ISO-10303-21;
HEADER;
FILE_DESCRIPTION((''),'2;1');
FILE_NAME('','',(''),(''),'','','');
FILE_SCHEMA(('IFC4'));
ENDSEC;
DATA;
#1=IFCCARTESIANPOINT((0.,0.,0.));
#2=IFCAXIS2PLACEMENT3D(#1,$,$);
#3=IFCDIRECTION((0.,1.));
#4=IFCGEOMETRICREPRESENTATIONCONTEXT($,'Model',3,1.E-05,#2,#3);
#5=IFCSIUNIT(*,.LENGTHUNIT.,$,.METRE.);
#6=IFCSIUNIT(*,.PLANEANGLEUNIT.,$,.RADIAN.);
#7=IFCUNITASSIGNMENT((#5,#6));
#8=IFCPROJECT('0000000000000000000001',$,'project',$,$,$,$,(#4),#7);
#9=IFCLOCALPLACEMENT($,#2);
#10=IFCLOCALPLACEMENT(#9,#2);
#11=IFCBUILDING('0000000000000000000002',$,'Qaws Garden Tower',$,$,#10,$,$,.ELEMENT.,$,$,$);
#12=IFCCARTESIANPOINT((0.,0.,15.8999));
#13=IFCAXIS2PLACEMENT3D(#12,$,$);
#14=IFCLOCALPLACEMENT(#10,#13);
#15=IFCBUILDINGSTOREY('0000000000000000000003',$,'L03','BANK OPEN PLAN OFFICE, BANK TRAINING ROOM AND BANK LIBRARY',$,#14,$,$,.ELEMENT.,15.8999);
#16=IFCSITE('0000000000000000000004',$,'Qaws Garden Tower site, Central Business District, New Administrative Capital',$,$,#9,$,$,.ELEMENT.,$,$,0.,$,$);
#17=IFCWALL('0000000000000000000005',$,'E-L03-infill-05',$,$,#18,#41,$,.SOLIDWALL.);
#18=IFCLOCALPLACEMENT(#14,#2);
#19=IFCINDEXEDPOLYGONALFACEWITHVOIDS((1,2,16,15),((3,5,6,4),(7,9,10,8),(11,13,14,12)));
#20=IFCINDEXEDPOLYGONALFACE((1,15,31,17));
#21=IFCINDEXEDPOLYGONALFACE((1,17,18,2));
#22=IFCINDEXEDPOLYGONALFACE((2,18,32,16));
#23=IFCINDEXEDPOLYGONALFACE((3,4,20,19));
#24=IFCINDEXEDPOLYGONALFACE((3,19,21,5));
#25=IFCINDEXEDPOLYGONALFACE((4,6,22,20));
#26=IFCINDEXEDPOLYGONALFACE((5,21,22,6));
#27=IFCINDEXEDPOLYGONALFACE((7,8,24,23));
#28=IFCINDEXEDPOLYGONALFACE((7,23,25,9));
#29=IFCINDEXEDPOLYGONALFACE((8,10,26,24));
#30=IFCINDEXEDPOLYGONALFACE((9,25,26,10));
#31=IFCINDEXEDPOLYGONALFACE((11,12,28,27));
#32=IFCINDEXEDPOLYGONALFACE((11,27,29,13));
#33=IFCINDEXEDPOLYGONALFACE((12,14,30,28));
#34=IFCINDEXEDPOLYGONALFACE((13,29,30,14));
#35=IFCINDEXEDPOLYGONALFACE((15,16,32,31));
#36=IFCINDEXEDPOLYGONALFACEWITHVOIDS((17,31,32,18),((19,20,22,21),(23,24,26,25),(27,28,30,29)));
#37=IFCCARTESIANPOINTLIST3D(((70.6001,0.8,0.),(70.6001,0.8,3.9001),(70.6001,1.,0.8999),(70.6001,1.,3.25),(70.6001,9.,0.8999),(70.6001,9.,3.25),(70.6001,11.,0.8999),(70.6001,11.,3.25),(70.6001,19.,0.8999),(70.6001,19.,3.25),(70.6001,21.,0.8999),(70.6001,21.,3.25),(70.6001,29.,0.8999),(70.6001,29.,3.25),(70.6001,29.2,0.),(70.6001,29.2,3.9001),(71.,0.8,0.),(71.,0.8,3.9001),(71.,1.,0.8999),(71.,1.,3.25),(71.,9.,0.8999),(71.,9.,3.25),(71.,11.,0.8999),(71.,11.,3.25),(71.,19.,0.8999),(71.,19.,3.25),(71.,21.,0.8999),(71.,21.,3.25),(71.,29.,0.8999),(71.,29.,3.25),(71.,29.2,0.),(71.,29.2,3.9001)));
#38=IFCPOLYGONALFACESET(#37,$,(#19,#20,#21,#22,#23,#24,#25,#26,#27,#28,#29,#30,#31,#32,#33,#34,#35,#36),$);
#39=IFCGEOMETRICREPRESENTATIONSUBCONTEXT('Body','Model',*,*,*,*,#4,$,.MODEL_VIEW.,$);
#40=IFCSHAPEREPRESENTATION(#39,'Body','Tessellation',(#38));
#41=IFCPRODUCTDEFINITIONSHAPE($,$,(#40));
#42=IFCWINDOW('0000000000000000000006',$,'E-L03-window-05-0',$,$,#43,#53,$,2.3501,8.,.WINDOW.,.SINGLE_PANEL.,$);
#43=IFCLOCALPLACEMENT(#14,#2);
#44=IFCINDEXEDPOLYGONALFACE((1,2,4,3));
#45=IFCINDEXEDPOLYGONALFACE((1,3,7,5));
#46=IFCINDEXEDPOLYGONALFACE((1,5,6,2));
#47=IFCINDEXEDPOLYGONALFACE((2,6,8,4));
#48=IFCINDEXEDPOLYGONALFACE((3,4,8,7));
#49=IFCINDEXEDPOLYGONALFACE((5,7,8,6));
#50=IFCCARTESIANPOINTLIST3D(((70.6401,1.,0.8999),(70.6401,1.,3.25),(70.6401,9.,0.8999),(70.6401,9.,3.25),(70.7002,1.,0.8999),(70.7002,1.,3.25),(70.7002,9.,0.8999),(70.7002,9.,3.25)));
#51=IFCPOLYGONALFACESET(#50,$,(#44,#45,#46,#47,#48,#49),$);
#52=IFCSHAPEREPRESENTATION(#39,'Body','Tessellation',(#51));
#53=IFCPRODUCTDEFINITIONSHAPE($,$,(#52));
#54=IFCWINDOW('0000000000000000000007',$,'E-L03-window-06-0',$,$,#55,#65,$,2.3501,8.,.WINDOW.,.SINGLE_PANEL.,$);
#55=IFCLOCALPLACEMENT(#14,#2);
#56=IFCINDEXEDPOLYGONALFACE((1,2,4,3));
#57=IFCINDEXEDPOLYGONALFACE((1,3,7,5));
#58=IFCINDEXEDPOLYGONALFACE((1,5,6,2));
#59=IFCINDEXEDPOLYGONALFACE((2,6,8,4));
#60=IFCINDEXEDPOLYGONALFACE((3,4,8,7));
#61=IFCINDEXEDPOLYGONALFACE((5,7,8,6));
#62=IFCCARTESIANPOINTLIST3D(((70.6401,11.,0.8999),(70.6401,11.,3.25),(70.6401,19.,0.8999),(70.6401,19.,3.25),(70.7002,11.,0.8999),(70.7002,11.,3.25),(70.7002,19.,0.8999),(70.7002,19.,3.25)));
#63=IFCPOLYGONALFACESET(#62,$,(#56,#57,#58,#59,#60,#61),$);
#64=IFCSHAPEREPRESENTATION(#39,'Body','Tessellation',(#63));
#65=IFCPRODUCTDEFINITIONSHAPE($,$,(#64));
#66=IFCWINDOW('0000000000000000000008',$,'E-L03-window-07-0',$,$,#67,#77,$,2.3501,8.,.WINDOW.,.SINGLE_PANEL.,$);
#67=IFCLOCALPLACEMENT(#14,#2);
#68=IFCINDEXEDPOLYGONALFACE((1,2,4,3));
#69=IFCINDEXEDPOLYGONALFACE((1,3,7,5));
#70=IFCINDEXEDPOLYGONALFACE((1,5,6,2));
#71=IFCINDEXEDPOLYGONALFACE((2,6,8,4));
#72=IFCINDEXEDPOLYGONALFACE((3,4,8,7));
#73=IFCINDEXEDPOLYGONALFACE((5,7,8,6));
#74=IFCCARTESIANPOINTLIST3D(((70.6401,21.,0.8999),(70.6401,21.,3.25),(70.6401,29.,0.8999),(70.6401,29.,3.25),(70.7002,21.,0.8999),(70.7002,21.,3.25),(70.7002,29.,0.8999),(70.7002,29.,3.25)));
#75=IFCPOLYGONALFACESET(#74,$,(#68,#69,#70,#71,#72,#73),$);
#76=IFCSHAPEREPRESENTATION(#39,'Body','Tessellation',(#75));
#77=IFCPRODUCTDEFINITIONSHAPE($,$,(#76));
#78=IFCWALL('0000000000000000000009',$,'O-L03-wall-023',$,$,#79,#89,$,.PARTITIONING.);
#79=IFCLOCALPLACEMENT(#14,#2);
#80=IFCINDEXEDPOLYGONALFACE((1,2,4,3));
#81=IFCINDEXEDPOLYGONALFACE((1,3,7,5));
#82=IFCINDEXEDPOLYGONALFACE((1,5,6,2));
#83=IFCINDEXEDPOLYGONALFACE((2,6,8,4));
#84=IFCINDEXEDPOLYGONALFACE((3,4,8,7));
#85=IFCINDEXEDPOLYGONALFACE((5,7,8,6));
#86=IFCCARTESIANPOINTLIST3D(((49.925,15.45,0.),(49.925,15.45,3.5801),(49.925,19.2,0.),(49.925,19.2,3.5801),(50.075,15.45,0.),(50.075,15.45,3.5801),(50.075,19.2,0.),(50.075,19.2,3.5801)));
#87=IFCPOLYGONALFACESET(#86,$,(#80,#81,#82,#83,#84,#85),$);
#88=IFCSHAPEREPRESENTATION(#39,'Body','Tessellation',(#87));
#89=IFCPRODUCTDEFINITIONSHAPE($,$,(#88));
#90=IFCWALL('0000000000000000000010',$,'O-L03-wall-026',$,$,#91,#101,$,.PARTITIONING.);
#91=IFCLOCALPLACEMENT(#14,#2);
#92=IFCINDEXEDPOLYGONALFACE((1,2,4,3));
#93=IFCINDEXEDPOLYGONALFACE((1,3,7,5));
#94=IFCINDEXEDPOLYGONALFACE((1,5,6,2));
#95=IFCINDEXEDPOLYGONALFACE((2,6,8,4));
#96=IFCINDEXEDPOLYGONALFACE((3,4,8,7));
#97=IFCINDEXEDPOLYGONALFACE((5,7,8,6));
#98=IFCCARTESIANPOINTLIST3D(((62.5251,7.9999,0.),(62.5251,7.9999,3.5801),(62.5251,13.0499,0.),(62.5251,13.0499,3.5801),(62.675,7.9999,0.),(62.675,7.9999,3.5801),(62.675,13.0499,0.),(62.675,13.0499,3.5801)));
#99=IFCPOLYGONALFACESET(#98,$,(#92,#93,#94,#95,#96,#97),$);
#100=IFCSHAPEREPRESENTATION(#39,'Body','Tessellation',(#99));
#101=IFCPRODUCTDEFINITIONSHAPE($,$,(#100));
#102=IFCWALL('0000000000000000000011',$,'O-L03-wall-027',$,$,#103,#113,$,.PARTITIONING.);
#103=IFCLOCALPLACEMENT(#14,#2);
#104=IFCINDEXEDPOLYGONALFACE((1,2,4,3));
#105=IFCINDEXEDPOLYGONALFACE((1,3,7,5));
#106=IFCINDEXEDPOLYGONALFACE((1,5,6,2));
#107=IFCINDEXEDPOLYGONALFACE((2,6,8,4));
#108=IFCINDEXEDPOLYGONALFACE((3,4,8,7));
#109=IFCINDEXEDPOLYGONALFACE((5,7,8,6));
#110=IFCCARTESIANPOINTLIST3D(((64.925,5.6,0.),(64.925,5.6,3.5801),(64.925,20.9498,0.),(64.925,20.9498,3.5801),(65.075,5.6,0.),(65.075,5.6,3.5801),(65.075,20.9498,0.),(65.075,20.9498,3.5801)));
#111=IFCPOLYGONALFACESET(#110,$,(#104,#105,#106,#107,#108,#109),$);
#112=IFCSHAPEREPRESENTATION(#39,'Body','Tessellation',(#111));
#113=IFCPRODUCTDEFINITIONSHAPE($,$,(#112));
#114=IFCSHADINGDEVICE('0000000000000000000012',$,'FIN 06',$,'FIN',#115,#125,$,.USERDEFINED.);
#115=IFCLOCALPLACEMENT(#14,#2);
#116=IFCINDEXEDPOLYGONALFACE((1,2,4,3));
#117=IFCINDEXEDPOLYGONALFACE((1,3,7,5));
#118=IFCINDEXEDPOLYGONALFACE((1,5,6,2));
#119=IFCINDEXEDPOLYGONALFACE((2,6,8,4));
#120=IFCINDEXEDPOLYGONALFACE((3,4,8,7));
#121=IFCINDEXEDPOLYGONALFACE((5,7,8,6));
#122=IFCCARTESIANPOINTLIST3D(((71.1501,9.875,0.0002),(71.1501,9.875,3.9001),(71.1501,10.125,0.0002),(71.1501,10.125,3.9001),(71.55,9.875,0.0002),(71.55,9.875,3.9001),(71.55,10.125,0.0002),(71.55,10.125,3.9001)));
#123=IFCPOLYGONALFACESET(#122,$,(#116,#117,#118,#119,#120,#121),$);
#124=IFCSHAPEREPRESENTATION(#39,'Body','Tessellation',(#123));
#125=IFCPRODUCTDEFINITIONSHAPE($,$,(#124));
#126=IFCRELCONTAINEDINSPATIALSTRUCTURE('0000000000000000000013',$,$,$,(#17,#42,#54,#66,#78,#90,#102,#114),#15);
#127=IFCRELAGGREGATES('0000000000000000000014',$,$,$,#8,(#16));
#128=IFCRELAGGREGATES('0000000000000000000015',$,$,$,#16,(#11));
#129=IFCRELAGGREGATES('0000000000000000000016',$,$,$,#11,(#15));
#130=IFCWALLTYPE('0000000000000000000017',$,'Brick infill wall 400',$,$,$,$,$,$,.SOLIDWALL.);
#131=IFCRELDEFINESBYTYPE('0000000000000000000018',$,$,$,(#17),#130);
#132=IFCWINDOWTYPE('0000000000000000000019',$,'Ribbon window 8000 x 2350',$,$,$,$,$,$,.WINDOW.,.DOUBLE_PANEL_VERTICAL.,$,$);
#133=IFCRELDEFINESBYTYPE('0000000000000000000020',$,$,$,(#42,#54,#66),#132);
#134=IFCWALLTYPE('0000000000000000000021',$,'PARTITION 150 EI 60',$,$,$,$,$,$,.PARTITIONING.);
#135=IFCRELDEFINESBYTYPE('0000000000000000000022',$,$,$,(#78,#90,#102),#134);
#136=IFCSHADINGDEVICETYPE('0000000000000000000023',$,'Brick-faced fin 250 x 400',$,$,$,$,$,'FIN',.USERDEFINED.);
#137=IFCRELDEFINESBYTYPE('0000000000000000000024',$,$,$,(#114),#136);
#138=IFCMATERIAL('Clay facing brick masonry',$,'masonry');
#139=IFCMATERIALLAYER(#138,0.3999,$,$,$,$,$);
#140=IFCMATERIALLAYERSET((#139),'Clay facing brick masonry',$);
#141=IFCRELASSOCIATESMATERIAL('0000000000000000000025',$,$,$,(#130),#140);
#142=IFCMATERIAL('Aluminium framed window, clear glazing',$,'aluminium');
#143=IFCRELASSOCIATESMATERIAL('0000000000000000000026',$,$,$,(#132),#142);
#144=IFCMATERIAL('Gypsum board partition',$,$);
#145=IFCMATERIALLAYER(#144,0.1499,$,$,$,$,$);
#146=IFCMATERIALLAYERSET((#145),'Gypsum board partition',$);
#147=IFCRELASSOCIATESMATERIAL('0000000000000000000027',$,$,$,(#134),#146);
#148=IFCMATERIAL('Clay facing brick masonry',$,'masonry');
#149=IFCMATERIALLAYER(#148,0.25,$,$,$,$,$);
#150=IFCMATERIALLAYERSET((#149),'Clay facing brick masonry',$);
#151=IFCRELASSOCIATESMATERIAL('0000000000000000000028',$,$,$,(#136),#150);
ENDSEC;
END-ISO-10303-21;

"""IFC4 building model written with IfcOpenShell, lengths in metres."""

from ifc_helpers import new_model, si_unit, direction, frame, frame_2d, origin, origin_2d, place, context, subcontext, project, spatial, rectangle, extrude, material, layer, layer_set, type_object, element, fill, save


model = new_model("IFC4")

# Units and contexts
model_context = context("Model", 3, precision=1e-05, world=origin(), true_north=direction((0.0, 1.0)))
body_context = subcontext(model_context, "Body", "Model", "MODEL_VIEW")
ifc_project = project(units=[si_unit("LENGTHUNIT", "METRE"), si_unit("PLANEANGLEUNIT", "RADIAN")], contexts=[model_context])

# Site, building, storey
site_placement = place(None, origin())
site = spatial("IfcSite", under=ifc_project, at=site_placement, Name="Qaws Garden Tower site, Central Business District, New Administrative Capital", CompositionType="ELEMENT", RefElevation=0.0)
building_placement = place(site_placement, origin())
building = spatial("IfcBuilding", under=site, at=building_placement, Name="Qaws Garden Tower", CompositionType="ELEMENT")
storey_placement = place(building_placement, frame((0.0, 0.0, 15.8999)))
storey = spatial("IfcBuildingStorey", under=building, at=storey_placement, Name="L03", Description="BANK OPEN PLAN OFFICE, BANK TRAINING ROOM AND BANK LIBRARY", CompositionType="ELEMENT", Elevation=15.8999)

# Wall, openings, windows
ifc_material_1 = material(Name="Clay facing brick masonry", Category="masonry")
ifc_layer_1 = layer(ifc_material_1, 0.3999)
ifc_layer_set_1 = layer_set([ifc_layer_1], Name="Clay facing brick masonry")
wall_type_1 = type_object("IfcWallType", Name="Brick infill wall 400", PredefinedType="SOLIDWALL", material=ifc_layer_set_1)
wall_1_placement = place(storey_placement, frame((70.8, 0.8, 0.0), z_axis=(0.0, 0.0, 1.0), x_axis=(0.0, 1.0, 0.0)))
wall_1 = element("IfcWall", 1, at=wall_1_placement, inside=storey, type_object=wall_type_1, Name="E-L03-infill-05", PredefinedType="SOLIDWALL", context=body_context, shape_type="SweptSolid", body=[
    extrude(rectangle(XDim=28.3999, YDim=0.3999, at=frame_2d((14.2, 0.0))), origin(), (0.0, 0.0, 1.0), 3.9001),
])
opening_1_placement = place(wall_1_placement, frame((0.2, 0.0, 0.8999)))
opening_1 = element("IfcOpeningElement", 2, at=opening_1_placement, cuts=wall_1, PredefinedType="OPENING", context=body_context, shape_type="SweptSolid", body=[
    extrude(rectangle(XDim=8.0, YDim=2.3501, at=frame_2d((4.0, 1.175))), frame((0.0, 0.21, 0.0), z_axis=(0.0, -1.0, 0.0), x_axis=(1.0, 0.0, 0.0)), (0.0, 0.0, 1.0), 0.4199),
])
opening_2_placement = place(wall_1_placement, frame((10.2, 0.0, 0.8999)))
opening_2 = element("IfcOpeningElement", 3, at=opening_2_placement, cuts=wall_1, PredefinedType="OPENING", context=body_context, shape_type="SweptSolid", body=[
    extrude(rectangle(XDim=8.0, YDim=2.3501, at=frame_2d((4.0, 1.175))), frame((0.0, 0.21, 0.0), z_axis=(0.0, -1.0, 0.0), x_axis=(1.0, 0.0, 0.0)), (0.0, 0.0, 1.0), 0.4199),
])
opening_3_placement = place(wall_1_placement, frame((20.2, 0.0, 0.8999)))
opening_3 = element("IfcOpeningElement", 4, at=opening_3_placement, cuts=wall_1, PredefinedType="OPENING", context=body_context, shape_type="SweptSolid", body=[
    extrude(rectangle(XDim=8.0, YDim=2.3501, at=frame_2d((4.0, 1.175))), frame((0.0, 0.21, 0.0), z_axis=(0.0, -1.0, 0.0), x_axis=(1.0, 0.0, 0.0)), (0.0, 0.0, 1.0), 0.4199),
])
ifc_material_2 = material(Name="Aluminium framed window, clear glazing", Category="aluminium")
window_type = type_object("IfcWindowType", Name="Ribbon window 8000 x 2350", PartitioningType="DOUBLE_PANEL_VERTICAL", PredefinedType="WINDOW", material=ifc_material_2)
window_1_placement = place(opening_1_placement, origin())
window_1 = element("IfcWindow", 5, at=window_1_placement, inside=storey, type_object=window_type, Name="E-L03-window-05-0", OverallHeight=2.3501, OverallWidth=8.0, PartitioningType="SINGLE_PANEL", PredefinedType="WINDOW", context=body_context, shape_type="SweptSolid", body=[
    extrude(rectangle(XDim=8.0, YDim=2.3501, at=frame_2d((4.0, 1.175))), frame((0.0, 0.1599, 0.0), z_axis=(0.0, -1.0, 0.0), x_axis=(1.0, 0.0, 0.0)), (0.0, 0.0, 1.0), 0.0601),
])
fill(opening_1, window_1)
window_2_placement = place(opening_2_placement, origin())
window_2 = element("IfcWindow", 6, at=window_2_placement, inside=storey, type_object=window_type, Name="E-L03-window-06-0", OverallHeight=2.3501, OverallWidth=8.0, PartitioningType="SINGLE_PANEL", PredefinedType="WINDOW", context=body_context, shape_type="SweptSolid", body=[
    extrude(rectangle(XDim=8.0, YDim=2.3501, at=frame_2d((4.0, 1.175))), frame((0.0, 0.1599, 0.0), z_axis=(0.0, -1.0, 0.0), x_axis=(1.0, 0.0, 0.0)), (0.0, 0.0, 1.0), 0.0601),
])
fill(opening_2, window_2)
window_3_placement = place(opening_3_placement, origin())
window_3 = element("IfcWindow", 7, at=window_3_placement, inside=storey, type_object=window_type, Name="E-L03-window-07-0", OverallHeight=2.3501, OverallWidth=8.0, PartitioningType="SINGLE_PANEL", PredefinedType="WINDOW", context=body_context, shape_type="SweptSolid", body=[
    extrude(rectangle(XDim=8.0, YDim=2.3501, at=frame_2d((4.0, 1.175))), frame((0.0, 0.1599, 0.0), z_axis=(0.0, -1.0, 0.0), x_axis=(1.0, 0.0, 0.0)), (0.0, 0.0, 1.0), 0.0601),
])
fill(opening_3, window_3)

# Walls
ifc_material_3 = material(Name="Gypsum board partition")
ifc_layer_2 = layer(ifc_material_3, 0.1499)
ifc_layer_set_2 = layer_set([ifc_layer_2], Name="Gypsum board partition")
wall_type_2 = type_object("IfcWallType", Name="PARTITION 150 EI 60", PredefinedType="PARTITIONING", material=ifc_layer_set_2)
wall_2_placement = place(storey_placement, frame((50.0, 15.45, 0.0), z_axis=(0.0, 0.0, 1.0), x_axis=(0.0, 1.0, 0.0)))
element("IfcWall", 8, at=wall_2_placement, inside=storey, type_object=wall_type_2, Name="O-L03-wall-023", PredefinedType="PARTITIONING", context=body_context, shape_type="SweptSolid", body=[
    extrude(rectangle(XDim=3.75, YDim=0.1499, at=frame_2d((1.875, 0.0))), origin(), (0.0, 0.0, 1.0), 3.5801),
])
wall_3_placement = place(storey_placement, frame((62.6001, 8.0, 0.0), z_axis=(0.0, 0.0, 1.0), x_axis=(0.0, 1.0, 0.0)))
element("IfcWall", 9, at=wall_3_placement, inside=storey, type_object=wall_type_2, Name="O-L03-wall-026", PredefinedType="PARTITIONING", context=body_context, shape_type="SweptSolid", body=[
    extrude(rectangle(XDim=5.05, YDim=0.1499, at=frame_2d((2.5249, 0.0))), origin(), (0.0, 0.0, 1.0), 3.5801),
])
wall_4_placement = place(storey_placement, frame((65.0, 5.6001, 0.0), z_axis=(0.0, 0.0, 1.0), x_axis=(0.0, 1.0, 0.0)))
element("IfcWall", 10, at=wall_4_placement, inside=storey, type_object=wall_type_2, Name="O-L03-wall-027", PredefinedType="PARTITIONING", context=body_context, shape_type="SweptSolid", body=[
    extrude(rectangle(XDim=15.3499, YDim=0.1499, at=frame_2d((7.6748, 0.0))), origin(), (0.0, 0.0, 1.0), 3.5801),
])

# Shading device
ifc_material_4 = material(Name="Clay facing brick masonry", Category="masonry")
ifc_layer_3 = layer(ifc_material_4, 0.25)
ifc_layer_set_3 = layer_set([ifc_layer_3], Name="Clay facing brick masonry")
shading_device_type = type_object("IfcShadingDeviceType", Name="Brick-faced fin 250 x 400", ElementType="FIN", PredefinedType="USERDEFINED", material=ifc_layer_set_3)
shading_device_placement = place(storey_placement, frame((71.3501, 10.0, 0.0002), z_axis=(0.0, 0.0, 1.0), x_axis=(0.0, 1.0, 0.0)))
element("IfcShadingDevice", 11, at=shading_device_placement, inside=storey, type_object=shading_device_type, Name="FIN 06", ObjectType="FIN", PredefinedType="USERDEFINED", context=body_context, shape_type="SweptSolid", body=[
    extrude(rectangle(XDim=0.25, YDim=0.3999, at=origin_2d()), origin(), (0.0, 0.0, 1.0), 3.8999),
])

save(model, "model.ifc")
